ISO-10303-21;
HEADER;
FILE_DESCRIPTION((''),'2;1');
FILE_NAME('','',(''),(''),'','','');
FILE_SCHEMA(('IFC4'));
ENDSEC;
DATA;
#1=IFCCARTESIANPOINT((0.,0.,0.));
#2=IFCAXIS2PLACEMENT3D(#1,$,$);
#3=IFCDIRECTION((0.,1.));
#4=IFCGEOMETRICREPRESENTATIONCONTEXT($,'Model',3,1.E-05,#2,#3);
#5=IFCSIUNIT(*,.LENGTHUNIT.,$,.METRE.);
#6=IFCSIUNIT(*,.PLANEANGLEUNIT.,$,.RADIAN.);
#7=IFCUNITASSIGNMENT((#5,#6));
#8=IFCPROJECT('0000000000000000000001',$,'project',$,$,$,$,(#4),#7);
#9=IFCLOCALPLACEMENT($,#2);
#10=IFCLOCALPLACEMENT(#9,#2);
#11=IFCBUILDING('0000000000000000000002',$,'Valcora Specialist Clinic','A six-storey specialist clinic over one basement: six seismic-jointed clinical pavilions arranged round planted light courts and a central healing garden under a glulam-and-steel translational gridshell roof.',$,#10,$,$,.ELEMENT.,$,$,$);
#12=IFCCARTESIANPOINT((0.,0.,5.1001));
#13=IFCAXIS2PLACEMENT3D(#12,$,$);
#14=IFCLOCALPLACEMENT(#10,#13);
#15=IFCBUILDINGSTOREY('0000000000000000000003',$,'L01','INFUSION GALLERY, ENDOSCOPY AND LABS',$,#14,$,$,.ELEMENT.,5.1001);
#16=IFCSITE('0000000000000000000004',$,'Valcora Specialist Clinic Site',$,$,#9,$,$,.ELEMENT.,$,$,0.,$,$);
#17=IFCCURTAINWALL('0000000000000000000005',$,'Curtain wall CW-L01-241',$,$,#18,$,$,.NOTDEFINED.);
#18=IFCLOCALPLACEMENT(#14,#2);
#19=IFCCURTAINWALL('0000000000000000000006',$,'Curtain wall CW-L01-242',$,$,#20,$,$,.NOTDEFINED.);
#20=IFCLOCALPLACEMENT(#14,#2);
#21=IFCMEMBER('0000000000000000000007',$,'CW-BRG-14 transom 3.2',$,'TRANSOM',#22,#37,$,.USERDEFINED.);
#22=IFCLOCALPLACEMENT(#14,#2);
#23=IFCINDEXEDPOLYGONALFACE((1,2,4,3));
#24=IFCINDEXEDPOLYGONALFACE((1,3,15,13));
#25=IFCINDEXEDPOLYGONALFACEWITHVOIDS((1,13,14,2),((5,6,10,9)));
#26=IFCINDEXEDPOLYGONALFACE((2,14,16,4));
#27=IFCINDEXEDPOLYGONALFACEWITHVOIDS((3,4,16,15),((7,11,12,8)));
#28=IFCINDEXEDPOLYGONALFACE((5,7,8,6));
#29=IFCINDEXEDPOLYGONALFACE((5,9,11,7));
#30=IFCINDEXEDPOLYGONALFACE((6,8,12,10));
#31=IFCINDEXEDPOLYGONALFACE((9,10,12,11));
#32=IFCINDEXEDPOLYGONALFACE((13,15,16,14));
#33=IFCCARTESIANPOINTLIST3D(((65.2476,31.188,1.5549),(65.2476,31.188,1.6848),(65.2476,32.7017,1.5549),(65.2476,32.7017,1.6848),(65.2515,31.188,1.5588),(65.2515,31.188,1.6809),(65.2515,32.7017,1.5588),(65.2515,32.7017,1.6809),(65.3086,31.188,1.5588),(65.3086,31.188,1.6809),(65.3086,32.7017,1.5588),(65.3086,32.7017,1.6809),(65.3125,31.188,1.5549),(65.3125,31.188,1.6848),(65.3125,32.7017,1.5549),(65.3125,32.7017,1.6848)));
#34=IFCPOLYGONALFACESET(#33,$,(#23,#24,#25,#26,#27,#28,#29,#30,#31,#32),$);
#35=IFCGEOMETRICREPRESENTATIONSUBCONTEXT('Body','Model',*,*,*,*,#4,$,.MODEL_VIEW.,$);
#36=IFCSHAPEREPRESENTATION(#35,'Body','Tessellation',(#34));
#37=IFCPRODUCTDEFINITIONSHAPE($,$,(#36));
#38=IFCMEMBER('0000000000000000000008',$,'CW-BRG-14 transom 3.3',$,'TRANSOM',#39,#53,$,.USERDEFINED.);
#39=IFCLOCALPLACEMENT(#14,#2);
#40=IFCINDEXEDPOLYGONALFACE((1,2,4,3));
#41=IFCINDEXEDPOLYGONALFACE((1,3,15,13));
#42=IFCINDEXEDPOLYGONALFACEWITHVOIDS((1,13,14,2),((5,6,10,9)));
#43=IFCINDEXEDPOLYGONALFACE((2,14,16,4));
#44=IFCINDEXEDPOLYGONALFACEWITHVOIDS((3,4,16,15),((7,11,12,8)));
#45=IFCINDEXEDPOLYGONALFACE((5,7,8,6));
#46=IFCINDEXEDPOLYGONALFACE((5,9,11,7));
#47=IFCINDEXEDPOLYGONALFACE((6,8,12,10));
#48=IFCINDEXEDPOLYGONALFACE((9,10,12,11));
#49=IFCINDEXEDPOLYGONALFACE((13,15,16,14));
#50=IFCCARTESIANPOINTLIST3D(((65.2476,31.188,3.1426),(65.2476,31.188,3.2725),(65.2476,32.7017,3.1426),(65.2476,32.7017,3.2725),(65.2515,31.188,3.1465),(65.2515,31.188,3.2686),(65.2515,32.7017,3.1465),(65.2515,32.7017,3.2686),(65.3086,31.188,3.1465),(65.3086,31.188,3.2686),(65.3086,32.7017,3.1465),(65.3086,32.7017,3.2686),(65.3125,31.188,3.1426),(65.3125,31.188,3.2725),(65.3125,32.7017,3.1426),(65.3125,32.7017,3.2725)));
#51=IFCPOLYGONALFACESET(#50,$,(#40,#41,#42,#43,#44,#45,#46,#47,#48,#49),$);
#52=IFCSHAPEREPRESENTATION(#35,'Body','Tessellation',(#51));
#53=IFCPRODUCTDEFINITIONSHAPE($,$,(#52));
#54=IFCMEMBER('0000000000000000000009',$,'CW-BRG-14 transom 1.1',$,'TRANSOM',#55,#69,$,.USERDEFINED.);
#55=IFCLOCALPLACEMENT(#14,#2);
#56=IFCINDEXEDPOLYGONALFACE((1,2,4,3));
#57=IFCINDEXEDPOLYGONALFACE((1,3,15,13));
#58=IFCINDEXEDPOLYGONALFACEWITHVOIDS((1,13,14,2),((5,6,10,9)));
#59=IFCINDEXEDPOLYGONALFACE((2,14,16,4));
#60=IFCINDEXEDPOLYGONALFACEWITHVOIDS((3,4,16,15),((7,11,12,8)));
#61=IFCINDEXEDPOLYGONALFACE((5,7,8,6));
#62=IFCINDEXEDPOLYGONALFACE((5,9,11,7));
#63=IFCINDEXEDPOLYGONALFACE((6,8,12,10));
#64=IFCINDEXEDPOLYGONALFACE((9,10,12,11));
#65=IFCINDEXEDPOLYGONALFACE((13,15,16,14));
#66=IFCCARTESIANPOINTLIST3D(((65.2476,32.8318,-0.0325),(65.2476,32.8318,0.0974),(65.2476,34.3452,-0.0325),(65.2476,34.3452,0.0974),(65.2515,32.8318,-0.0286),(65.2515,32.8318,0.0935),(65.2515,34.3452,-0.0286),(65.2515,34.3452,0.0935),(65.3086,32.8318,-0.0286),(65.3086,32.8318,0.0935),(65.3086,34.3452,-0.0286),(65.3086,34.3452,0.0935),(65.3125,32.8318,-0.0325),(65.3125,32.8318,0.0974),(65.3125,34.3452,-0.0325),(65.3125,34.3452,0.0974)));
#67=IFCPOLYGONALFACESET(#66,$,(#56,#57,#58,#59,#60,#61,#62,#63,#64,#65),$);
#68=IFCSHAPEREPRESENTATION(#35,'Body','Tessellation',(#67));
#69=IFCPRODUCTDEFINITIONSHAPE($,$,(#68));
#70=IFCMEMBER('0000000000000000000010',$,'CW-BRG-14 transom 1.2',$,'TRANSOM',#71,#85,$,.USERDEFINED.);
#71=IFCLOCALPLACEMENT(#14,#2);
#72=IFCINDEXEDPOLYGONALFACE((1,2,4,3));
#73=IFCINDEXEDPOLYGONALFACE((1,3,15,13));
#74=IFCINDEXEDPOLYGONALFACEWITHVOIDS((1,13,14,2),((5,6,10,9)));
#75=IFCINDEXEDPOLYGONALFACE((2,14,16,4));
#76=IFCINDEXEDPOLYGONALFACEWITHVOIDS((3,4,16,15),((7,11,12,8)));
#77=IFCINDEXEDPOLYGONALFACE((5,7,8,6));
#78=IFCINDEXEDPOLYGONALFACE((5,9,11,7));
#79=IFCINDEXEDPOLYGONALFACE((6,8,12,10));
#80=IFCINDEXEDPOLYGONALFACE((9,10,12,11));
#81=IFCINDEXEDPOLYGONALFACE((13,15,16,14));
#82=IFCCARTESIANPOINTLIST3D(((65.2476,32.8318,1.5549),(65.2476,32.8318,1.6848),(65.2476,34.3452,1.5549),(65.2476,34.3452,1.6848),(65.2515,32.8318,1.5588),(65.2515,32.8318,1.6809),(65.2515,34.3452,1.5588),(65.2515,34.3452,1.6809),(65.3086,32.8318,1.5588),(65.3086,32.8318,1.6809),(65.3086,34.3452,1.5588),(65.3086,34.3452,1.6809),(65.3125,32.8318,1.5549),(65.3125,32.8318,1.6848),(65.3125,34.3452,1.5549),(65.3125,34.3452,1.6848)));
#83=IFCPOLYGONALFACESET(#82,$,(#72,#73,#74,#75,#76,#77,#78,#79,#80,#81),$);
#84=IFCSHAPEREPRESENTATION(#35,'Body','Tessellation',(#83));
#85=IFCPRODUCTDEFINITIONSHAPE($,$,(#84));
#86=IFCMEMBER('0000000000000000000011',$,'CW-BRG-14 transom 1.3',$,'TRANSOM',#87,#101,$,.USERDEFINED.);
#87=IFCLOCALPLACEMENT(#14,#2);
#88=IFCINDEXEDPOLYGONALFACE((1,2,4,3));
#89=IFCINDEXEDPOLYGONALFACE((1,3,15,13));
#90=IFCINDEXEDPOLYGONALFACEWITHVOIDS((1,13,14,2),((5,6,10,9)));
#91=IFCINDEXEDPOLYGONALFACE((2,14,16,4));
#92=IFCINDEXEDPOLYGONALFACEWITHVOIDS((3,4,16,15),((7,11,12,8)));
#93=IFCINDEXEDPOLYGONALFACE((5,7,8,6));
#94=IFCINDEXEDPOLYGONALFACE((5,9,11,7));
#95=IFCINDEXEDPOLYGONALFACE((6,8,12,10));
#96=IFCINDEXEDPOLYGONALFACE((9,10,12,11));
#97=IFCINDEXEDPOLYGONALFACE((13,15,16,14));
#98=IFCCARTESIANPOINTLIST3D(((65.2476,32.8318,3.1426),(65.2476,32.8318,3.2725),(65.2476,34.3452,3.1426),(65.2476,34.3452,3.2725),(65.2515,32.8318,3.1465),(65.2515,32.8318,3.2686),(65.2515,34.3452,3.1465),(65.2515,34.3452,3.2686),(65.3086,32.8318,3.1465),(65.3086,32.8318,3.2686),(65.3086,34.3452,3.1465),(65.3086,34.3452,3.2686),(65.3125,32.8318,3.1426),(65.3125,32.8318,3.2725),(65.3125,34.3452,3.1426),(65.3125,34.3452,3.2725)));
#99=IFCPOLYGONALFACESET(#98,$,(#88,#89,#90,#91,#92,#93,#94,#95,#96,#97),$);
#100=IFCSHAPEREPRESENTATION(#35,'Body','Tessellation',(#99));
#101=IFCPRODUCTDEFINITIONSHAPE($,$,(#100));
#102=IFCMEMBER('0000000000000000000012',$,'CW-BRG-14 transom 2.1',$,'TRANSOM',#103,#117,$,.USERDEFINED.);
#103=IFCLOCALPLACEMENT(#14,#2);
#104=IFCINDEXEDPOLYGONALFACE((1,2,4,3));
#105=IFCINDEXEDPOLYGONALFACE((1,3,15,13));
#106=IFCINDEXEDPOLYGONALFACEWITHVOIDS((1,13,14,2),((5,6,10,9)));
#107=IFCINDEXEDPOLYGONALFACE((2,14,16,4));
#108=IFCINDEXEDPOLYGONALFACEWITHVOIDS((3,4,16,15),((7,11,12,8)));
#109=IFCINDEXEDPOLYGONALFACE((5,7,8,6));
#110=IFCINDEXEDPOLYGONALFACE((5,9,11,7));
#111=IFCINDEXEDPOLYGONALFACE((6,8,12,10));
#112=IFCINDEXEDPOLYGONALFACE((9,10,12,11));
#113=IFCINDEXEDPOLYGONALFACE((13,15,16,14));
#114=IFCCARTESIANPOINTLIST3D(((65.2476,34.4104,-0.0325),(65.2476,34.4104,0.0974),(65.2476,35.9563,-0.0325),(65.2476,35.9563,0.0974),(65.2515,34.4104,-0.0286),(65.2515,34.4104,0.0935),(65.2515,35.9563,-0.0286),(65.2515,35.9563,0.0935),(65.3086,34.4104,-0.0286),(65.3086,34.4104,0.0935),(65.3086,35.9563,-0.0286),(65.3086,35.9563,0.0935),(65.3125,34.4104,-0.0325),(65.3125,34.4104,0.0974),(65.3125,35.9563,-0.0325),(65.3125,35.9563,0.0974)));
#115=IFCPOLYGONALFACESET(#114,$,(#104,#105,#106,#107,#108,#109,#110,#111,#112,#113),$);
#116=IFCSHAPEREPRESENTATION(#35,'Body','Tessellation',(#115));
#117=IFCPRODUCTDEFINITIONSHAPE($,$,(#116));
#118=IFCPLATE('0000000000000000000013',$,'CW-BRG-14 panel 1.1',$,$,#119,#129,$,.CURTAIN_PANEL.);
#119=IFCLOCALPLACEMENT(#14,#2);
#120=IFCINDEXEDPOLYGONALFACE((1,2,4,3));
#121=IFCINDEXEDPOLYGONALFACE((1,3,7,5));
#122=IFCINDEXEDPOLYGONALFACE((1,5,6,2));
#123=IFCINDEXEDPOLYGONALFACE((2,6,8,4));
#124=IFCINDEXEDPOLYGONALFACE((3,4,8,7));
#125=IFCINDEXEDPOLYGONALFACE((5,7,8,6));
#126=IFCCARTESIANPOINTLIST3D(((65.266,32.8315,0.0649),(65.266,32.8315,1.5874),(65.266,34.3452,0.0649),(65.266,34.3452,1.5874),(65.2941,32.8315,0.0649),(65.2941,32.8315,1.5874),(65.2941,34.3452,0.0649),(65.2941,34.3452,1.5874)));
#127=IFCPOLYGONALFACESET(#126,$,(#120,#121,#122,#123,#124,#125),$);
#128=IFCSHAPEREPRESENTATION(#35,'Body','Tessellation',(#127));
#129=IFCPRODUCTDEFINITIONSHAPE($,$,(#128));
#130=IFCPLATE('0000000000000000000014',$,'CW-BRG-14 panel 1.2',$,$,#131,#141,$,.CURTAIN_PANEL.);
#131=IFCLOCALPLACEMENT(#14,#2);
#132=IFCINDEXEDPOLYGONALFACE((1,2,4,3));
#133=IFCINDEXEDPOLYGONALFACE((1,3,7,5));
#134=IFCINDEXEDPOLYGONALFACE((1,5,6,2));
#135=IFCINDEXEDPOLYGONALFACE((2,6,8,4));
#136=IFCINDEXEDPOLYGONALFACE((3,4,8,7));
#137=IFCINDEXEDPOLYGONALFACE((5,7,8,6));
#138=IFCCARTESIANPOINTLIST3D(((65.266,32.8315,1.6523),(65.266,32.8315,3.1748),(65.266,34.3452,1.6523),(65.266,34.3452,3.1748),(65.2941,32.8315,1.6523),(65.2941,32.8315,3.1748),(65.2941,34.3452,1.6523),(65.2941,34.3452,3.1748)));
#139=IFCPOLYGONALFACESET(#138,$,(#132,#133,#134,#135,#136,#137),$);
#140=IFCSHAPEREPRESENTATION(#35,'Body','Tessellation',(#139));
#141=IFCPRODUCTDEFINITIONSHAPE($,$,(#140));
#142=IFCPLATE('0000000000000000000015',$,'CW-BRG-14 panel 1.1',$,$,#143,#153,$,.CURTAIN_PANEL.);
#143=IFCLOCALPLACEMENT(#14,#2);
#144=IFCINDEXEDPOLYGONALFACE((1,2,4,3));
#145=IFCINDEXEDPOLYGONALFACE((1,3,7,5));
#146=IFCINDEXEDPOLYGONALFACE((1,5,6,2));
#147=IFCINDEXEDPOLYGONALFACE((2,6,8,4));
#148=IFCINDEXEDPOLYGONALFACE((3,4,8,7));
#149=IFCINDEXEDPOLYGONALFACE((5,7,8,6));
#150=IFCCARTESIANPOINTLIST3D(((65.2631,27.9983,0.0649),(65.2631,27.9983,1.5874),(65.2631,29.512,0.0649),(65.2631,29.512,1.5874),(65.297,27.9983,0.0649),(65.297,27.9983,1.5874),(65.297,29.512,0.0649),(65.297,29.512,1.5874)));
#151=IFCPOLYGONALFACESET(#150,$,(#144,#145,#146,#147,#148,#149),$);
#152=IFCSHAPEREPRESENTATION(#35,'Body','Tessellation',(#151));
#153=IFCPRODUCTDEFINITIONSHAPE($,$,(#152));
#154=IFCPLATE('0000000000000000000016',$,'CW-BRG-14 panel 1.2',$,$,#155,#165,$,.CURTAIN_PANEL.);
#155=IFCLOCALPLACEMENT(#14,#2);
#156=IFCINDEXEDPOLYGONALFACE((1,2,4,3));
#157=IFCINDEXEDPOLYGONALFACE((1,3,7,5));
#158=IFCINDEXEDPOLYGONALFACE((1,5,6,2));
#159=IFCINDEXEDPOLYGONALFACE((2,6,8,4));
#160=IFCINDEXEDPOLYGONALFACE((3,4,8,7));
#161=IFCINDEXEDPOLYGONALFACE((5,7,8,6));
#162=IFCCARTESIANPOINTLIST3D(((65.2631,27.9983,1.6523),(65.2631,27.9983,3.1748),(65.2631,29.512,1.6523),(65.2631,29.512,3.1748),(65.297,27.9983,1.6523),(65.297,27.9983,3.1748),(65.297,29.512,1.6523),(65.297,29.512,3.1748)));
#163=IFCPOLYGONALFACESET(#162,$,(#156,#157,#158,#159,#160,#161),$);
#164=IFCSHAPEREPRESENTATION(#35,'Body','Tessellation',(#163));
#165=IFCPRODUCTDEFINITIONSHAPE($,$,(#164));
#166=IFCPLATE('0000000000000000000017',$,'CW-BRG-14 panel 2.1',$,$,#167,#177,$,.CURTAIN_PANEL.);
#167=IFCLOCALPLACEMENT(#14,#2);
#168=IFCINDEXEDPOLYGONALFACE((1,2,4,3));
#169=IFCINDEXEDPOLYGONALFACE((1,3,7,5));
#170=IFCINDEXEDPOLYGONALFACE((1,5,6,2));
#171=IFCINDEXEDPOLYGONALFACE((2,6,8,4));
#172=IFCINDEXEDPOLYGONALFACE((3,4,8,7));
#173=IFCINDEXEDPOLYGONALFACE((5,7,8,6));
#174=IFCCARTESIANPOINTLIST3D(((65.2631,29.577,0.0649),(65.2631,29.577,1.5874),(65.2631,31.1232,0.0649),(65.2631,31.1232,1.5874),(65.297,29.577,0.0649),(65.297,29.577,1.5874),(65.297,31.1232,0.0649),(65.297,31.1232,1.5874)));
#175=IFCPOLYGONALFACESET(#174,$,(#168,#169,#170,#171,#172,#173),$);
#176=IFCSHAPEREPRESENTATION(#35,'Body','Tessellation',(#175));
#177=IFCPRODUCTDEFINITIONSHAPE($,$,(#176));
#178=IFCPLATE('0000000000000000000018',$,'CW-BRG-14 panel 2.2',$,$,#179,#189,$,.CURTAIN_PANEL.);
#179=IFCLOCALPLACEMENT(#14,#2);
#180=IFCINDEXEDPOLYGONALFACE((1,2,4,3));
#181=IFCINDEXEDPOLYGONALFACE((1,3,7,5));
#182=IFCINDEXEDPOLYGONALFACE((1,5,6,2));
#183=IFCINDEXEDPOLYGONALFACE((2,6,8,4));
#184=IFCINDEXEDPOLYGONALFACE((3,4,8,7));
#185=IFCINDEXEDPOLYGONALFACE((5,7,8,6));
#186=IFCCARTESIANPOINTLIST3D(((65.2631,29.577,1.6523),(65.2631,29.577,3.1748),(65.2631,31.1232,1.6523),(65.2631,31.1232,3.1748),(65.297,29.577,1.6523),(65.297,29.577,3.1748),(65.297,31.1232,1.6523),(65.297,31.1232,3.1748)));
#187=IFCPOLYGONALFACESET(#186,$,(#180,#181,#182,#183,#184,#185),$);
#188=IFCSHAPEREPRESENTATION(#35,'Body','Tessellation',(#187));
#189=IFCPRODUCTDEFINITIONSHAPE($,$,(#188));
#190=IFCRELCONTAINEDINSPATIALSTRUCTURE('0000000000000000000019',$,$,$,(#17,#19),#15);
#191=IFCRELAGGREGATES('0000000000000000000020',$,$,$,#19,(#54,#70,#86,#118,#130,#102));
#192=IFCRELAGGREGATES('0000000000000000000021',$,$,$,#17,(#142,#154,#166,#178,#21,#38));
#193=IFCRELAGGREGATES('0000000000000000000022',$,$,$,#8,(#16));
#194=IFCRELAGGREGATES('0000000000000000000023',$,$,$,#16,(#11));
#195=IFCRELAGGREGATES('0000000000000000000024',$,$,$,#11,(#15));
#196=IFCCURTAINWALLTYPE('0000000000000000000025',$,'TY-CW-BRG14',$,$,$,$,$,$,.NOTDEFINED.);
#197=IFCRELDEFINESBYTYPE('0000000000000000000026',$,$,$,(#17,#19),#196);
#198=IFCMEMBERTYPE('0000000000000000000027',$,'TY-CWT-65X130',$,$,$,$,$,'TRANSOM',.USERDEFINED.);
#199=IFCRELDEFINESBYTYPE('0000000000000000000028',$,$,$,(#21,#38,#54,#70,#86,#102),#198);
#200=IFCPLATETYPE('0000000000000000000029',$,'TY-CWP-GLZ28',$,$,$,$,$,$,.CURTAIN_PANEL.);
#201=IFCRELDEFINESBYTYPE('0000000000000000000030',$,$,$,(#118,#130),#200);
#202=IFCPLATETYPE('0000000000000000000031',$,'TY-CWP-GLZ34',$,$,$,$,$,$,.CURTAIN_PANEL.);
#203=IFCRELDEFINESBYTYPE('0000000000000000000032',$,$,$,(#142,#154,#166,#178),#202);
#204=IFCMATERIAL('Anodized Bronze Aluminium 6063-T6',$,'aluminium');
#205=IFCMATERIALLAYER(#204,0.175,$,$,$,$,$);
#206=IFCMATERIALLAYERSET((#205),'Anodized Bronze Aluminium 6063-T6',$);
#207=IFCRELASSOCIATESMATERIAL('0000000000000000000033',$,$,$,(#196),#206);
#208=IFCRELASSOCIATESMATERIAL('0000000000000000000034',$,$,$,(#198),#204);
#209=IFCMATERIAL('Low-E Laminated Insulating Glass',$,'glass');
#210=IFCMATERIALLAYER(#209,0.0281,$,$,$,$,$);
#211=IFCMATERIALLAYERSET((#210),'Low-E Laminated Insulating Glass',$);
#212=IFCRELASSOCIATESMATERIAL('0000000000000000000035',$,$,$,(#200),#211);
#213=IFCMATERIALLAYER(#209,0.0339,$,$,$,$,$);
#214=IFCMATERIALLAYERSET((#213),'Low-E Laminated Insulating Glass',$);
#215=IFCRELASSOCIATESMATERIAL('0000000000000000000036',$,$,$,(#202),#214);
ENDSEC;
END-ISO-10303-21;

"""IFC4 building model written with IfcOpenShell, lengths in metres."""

from ifc_helpers import new_model, si_unit, direction, frame, origin, origin_2d, place, context, subcontext, project, spatial, rectangle, hollow_rectangle, extrude, material, layer, layer_set, material_profile, profile_set, type_object, element, aggregate, save


model = new_model("IFC4")

# Units and contexts
model_context = context("Model", 3, precision=1e-05, world=origin(), true_north=direction((0.0, 1.0)))
body_context = subcontext(model_context, "Body", "Model", "MODEL_VIEW")
ifc_project = project(units=[si_unit("LENGTHUNIT", "METRE"), si_unit("PLANEANGLEUNIT", "RADIAN")], contexts=[model_context])

# Site, building, storey
site_placement = place(None, origin())
site = spatial("IfcSite", under=ifc_project, at=site_placement, Name="Valcora Specialist Clinic Site", CompositionType="ELEMENT", RefElevation=0.0)
building_placement = place(site_placement, origin())
building = spatial("IfcBuilding", under=site, at=building_placement, Name="Valcora Specialist Clinic", Description="A six-storey specialist clinic over one basement: six seismic-jointed clinical pavilions arranged round planted light courts and a central healing garden under a glulam-and-steel translational gridshell roof.", CompositionType="ELEMENT")
storey_placement = place(building_placement, frame((0.0, 0.0, 5.1001)))
storey = spatial("IfcBuildingStorey", under=building, at=storey_placement, Name="L01", Description="INFUSION GALLERY, ENDOSCOPY AND LABS", CompositionType="ELEMENT", Elevation=5.1001)

# Curtain walls
ifc_material_1 = material(Name="Anodized Bronze Aluminium 6063-T6", Category="aluminium")
ifc_layer_1 = layer(ifc_material_1, 0.175)
ifc_layer_set_1 = layer_set([ifc_layer_1], Name="Anodized Bronze Aluminium 6063-T6")
curtain_wall_type = type_object("IfcCurtainWallType", Name="TY-CW-BRG14", PredefinedType="NOTDEFINED", material=ifc_layer_set_1)
curtain_wall_1_placement = place(storey_placement, origin())
curtain_wall_1 = element("IfcCurtainWall", 1, at=curtain_wall_1_placement, inside=storey, type_object=curtain_wall_type, Name="Curtain wall CW-L01-241", PredefinedType="NOTDEFINED")
curtain_wall_2_placement = place(storey_placement, origin())
curtain_wall_2 = element("IfcCurtainWall", 2, at=curtain_wall_2_placement, inside=storey, type_object=curtain_wall_type, Name="Curtain wall CW-L01-242", PredefinedType="NOTDEFINED")

# Members
ifc_material_profile_1 = material_profile(ifc_material_1, hollow_rectangle(XDim=0.0649, YDim=0.1299, WallThickness=0.0039, at=origin_2d()), Name="AL-TRN-65X130")
ifc_profile_set_1 = profile_set([ifc_material_profile_1], Name="Anodized Bronze Aluminium 6063-T6")
member_type_1 = type_object("IfcMemberType", Name="TY-CWT-65X130", ElementType="TRANSOM", PredefinedType="USERDEFINED", material=ifc_profile_set_1)
member_1_placement = place(storey_placement, frame((65.28, 31.188, 1.6199), z_axis=(0.0, 1.0, 0.0), x_axis=(-1.0, 0.0, 0.0)))
member_1 = element("IfcMember", 3, at=member_1_placement, type_object=member_type_1, Name="CW-BRG-14 transom 3.2", ObjectType="TRANSOM", PredefinedType="USERDEFINED", context=body_context, shape_type="SweptSolid", body=[
    extrude(hollow_rectangle(XDim=0.0649, YDim=0.1299, WallThickness=0.0039, at=origin_2d()), origin(), (0.0, 0.0, 1.0), 1.5137),
])
member_2_placement = place(storey_placement, frame((65.28, 31.188, 3.2075), z_axis=(0.0, 1.0, 0.0), x_axis=(-1.0, 0.0, 0.0)))
member_2 = element("IfcMember", 4, at=member_2_placement, type_object=member_type_1, Name="CW-BRG-14 transom 3.3", ObjectType="TRANSOM", PredefinedType="USERDEFINED", context=body_context, shape_type="SweptSolid", body=[
    extrude(hollow_rectangle(XDim=0.0649, YDim=0.1299, WallThickness=0.0039, at=origin_2d()), origin(), (0.0, 0.0, 1.0), 1.5137),
])
member_3_placement = place(storey_placement, frame((65.28, 32.8318, 0.0325), z_axis=(0.0, 1.0, 0.0), x_axis=(-1.0, 0.0, 0.0)))
member_3 = element("IfcMember", 5, at=member_3_placement, type_object=member_type_1, Name="CW-BRG-14 transom 1.1", ObjectType="TRANSOM", PredefinedType="USERDEFINED", context=body_context, shape_type="SweptSolid", body=[
    extrude(hollow_rectangle(XDim=0.0649, YDim=0.1299, WallThickness=0.0039, at=origin_2d()), origin(), (0.0, 0.0, 1.0), 1.5134),
])
member_4_placement = place(storey_placement, frame((65.28, 32.8318, 1.6199), z_axis=(0.0, 1.0, 0.0), x_axis=(-1.0, 0.0, 0.0)))
member_4 = element("IfcMember", 6, at=member_4_placement, type_object=member_type_1, Name="CW-BRG-14 transom 1.2", ObjectType="TRANSOM", PredefinedType="USERDEFINED", context=body_context, shape_type="SweptSolid", body=[
    extrude(hollow_rectangle(XDim=0.0649, YDim=0.1299, WallThickness=0.0039, at=origin_2d()), origin(), (0.0, 0.0, 1.0), 1.5134),
])
member_5_placement = place(storey_placement, frame((65.28, 32.8318, 3.2075), z_axis=(0.0, 1.0, 0.0), x_axis=(-1.0, 0.0, 0.0)))
member_5 = element("IfcMember", 7, at=member_5_placement, type_object=member_type_1, Name="CW-BRG-14 transom 1.3", ObjectType="TRANSOM", PredefinedType="USERDEFINED", context=body_context, shape_type="SweptSolid", body=[
    extrude(hollow_rectangle(XDim=0.0649, YDim=0.1299, WallThickness=0.0039, at=origin_2d()), origin(), (0.0, 0.0, 1.0), 1.5134),
])
member_6_placement = place(storey_placement, frame((65.28, 34.4104, 0.0325), z_axis=(0.0, 1.0, 0.0), x_axis=(-1.0, 0.0, 0.0)))
member_6 = element("IfcMember", 8, at=member_6_placement, type_object=member_type_1, Name="CW-BRG-14 transom 2.1", ObjectType="TRANSOM", PredefinedType="USERDEFINED", context=body_context, shape_type="SweptSolid", body=[
    extrude(hollow_rectangle(XDim=0.0649, YDim=0.1299, WallThickness=0.0039, at=origin_2d()), origin(), (0.0, 0.0, 1.0), 1.5459),
])

# Plates
ifc_material_2 = material(Name="Low-E Laminated Insulating Glass", Category="glass")
ifc_layer_2 = layer(ifc_material_2, 0.0281)
ifc_layer_set_2 = layer_set([ifc_layer_2], Name="Low-E Laminated Insulating Glass")
plate_type_1 = type_object("IfcPlateType", Name="TY-CWP-GLZ28", PredefinedType="CURTAIN_PANEL", material=ifc_layer_set_2)
plate_1_placement = place(storey_placement, frame((65.28, 33.5884, 0.0649), z_axis=(0.0, 0.0, 1.0), x_axis=(0.0, 1.0, 0.0)))
plate_1 = element("IfcPlate", 9, at=plate_1_placement, type_object=plate_type_1, Name="CW-BRG-14 panel 1.1", PredefinedType="CURTAIN_PANEL", context=body_context, shape_type="SweptSolid", body=[
    extrude(rectangle(XDim=1.5137, YDim=0.0281, at=origin_2d()), origin(), (0.0, 0.0, 1.0), 1.5225),
])
plate_2_placement = place(storey_placement, frame((65.28, 33.5884, 1.6523), z_axis=(0.0, 0.0, 1.0), x_axis=(0.0, 1.0, 0.0)))
plate_2 = element("IfcPlate", 10, at=plate_2_placement, type_object=plate_type_1, Name="CW-BRG-14 panel 1.2", PredefinedType="CURTAIN_PANEL", context=body_context, shape_type="SweptSolid", body=[
    extrude(rectangle(XDim=1.5137, YDim=0.0281, at=origin_2d()), origin(), (0.0, 0.0, 1.0), 1.5225),
])
aggregate(curtain_wall_2, [member_3, member_4, member_5, plate_1, plate_2, member_6])
ifc_layer_3 = layer(ifc_material_2, 0.0339)
ifc_layer_set_3 = layer_set([ifc_layer_3], Name="Low-E Laminated Insulating Glass")
plate_type_2 = type_object("IfcPlateType", Name="TY-CWP-GLZ34", PredefinedType="CURTAIN_PANEL", material=ifc_layer_set_3)
plate_3_placement = place(storey_placement, frame((65.28, 28.7551, 0.0649), z_axis=(0.0, 0.0, 1.0), x_axis=(0.0, 1.0, 0.0)))
plate_3 = element("IfcPlate", 11, at=plate_3_placement, type_object=plate_type_2, Name="CW-BRG-14 panel 1.1", PredefinedType="CURTAIN_PANEL", context=body_context, shape_type="SweptSolid", body=[
    extrude(rectangle(XDim=1.5137, YDim=0.0339, at=origin_2d()), origin(), (0.0, 0.0, 1.0), 1.5225),
])
plate_4_placement = place(storey_placement, frame((65.28, 28.7551, 1.6523), z_axis=(0.0, 0.0, 1.0), x_axis=(0.0, 1.0, 0.0)))
plate_4 = element("IfcPlate", 12, at=plate_4_placement, type_object=plate_type_2, Name="CW-BRG-14 panel 1.2", PredefinedType="CURTAIN_PANEL", context=body_context, shape_type="SweptSolid", body=[
    extrude(rectangle(XDim=1.5137, YDim=0.0339, at=origin_2d()), origin(), (0.0, 0.0, 1.0), 1.5225),
])
plate_5_placement = place(storey_placement, frame((65.28, 30.3501, 0.0649), z_axis=(0.0, 0.0, 1.0), x_axis=(0.0, 1.0, 0.0)))
plate_5 = element("IfcPlate", 13, at=plate_5_placement, type_object=plate_type_2, Name="CW-BRG-14 panel 2.1", PredefinedType="CURTAIN_PANEL", context=body_context, shape_type="SweptSolid", body=[
    extrude(rectangle(XDim=1.5461, YDim=0.0339, at=origin_2d()), origin(), (0.0, 0.0, 1.0), 1.5225),
])
plate_6_placement = place(storey_placement, frame((65.28, 30.3501, 1.6523), z_axis=(0.0, 0.0, 1.0), x_axis=(0.0, 1.0, 0.0)))
plate_6 = element("IfcPlate", 14, at=plate_6_placement, type_object=plate_type_2, Name="CW-BRG-14 panel 2.2", PredefinedType="CURTAIN_PANEL", context=body_context, shape_type="SweptSolid", body=[
    extrude(rectangle(XDim=1.5461, YDim=0.0339, at=origin_2d()), origin(), (0.0, 0.0, 1.0), 1.5225),
])
aggregate(curtain_wall_1, [plate_3, plate_4, plate_5, plate_6, member_1, member_2])

save(model, "model.ifc")
